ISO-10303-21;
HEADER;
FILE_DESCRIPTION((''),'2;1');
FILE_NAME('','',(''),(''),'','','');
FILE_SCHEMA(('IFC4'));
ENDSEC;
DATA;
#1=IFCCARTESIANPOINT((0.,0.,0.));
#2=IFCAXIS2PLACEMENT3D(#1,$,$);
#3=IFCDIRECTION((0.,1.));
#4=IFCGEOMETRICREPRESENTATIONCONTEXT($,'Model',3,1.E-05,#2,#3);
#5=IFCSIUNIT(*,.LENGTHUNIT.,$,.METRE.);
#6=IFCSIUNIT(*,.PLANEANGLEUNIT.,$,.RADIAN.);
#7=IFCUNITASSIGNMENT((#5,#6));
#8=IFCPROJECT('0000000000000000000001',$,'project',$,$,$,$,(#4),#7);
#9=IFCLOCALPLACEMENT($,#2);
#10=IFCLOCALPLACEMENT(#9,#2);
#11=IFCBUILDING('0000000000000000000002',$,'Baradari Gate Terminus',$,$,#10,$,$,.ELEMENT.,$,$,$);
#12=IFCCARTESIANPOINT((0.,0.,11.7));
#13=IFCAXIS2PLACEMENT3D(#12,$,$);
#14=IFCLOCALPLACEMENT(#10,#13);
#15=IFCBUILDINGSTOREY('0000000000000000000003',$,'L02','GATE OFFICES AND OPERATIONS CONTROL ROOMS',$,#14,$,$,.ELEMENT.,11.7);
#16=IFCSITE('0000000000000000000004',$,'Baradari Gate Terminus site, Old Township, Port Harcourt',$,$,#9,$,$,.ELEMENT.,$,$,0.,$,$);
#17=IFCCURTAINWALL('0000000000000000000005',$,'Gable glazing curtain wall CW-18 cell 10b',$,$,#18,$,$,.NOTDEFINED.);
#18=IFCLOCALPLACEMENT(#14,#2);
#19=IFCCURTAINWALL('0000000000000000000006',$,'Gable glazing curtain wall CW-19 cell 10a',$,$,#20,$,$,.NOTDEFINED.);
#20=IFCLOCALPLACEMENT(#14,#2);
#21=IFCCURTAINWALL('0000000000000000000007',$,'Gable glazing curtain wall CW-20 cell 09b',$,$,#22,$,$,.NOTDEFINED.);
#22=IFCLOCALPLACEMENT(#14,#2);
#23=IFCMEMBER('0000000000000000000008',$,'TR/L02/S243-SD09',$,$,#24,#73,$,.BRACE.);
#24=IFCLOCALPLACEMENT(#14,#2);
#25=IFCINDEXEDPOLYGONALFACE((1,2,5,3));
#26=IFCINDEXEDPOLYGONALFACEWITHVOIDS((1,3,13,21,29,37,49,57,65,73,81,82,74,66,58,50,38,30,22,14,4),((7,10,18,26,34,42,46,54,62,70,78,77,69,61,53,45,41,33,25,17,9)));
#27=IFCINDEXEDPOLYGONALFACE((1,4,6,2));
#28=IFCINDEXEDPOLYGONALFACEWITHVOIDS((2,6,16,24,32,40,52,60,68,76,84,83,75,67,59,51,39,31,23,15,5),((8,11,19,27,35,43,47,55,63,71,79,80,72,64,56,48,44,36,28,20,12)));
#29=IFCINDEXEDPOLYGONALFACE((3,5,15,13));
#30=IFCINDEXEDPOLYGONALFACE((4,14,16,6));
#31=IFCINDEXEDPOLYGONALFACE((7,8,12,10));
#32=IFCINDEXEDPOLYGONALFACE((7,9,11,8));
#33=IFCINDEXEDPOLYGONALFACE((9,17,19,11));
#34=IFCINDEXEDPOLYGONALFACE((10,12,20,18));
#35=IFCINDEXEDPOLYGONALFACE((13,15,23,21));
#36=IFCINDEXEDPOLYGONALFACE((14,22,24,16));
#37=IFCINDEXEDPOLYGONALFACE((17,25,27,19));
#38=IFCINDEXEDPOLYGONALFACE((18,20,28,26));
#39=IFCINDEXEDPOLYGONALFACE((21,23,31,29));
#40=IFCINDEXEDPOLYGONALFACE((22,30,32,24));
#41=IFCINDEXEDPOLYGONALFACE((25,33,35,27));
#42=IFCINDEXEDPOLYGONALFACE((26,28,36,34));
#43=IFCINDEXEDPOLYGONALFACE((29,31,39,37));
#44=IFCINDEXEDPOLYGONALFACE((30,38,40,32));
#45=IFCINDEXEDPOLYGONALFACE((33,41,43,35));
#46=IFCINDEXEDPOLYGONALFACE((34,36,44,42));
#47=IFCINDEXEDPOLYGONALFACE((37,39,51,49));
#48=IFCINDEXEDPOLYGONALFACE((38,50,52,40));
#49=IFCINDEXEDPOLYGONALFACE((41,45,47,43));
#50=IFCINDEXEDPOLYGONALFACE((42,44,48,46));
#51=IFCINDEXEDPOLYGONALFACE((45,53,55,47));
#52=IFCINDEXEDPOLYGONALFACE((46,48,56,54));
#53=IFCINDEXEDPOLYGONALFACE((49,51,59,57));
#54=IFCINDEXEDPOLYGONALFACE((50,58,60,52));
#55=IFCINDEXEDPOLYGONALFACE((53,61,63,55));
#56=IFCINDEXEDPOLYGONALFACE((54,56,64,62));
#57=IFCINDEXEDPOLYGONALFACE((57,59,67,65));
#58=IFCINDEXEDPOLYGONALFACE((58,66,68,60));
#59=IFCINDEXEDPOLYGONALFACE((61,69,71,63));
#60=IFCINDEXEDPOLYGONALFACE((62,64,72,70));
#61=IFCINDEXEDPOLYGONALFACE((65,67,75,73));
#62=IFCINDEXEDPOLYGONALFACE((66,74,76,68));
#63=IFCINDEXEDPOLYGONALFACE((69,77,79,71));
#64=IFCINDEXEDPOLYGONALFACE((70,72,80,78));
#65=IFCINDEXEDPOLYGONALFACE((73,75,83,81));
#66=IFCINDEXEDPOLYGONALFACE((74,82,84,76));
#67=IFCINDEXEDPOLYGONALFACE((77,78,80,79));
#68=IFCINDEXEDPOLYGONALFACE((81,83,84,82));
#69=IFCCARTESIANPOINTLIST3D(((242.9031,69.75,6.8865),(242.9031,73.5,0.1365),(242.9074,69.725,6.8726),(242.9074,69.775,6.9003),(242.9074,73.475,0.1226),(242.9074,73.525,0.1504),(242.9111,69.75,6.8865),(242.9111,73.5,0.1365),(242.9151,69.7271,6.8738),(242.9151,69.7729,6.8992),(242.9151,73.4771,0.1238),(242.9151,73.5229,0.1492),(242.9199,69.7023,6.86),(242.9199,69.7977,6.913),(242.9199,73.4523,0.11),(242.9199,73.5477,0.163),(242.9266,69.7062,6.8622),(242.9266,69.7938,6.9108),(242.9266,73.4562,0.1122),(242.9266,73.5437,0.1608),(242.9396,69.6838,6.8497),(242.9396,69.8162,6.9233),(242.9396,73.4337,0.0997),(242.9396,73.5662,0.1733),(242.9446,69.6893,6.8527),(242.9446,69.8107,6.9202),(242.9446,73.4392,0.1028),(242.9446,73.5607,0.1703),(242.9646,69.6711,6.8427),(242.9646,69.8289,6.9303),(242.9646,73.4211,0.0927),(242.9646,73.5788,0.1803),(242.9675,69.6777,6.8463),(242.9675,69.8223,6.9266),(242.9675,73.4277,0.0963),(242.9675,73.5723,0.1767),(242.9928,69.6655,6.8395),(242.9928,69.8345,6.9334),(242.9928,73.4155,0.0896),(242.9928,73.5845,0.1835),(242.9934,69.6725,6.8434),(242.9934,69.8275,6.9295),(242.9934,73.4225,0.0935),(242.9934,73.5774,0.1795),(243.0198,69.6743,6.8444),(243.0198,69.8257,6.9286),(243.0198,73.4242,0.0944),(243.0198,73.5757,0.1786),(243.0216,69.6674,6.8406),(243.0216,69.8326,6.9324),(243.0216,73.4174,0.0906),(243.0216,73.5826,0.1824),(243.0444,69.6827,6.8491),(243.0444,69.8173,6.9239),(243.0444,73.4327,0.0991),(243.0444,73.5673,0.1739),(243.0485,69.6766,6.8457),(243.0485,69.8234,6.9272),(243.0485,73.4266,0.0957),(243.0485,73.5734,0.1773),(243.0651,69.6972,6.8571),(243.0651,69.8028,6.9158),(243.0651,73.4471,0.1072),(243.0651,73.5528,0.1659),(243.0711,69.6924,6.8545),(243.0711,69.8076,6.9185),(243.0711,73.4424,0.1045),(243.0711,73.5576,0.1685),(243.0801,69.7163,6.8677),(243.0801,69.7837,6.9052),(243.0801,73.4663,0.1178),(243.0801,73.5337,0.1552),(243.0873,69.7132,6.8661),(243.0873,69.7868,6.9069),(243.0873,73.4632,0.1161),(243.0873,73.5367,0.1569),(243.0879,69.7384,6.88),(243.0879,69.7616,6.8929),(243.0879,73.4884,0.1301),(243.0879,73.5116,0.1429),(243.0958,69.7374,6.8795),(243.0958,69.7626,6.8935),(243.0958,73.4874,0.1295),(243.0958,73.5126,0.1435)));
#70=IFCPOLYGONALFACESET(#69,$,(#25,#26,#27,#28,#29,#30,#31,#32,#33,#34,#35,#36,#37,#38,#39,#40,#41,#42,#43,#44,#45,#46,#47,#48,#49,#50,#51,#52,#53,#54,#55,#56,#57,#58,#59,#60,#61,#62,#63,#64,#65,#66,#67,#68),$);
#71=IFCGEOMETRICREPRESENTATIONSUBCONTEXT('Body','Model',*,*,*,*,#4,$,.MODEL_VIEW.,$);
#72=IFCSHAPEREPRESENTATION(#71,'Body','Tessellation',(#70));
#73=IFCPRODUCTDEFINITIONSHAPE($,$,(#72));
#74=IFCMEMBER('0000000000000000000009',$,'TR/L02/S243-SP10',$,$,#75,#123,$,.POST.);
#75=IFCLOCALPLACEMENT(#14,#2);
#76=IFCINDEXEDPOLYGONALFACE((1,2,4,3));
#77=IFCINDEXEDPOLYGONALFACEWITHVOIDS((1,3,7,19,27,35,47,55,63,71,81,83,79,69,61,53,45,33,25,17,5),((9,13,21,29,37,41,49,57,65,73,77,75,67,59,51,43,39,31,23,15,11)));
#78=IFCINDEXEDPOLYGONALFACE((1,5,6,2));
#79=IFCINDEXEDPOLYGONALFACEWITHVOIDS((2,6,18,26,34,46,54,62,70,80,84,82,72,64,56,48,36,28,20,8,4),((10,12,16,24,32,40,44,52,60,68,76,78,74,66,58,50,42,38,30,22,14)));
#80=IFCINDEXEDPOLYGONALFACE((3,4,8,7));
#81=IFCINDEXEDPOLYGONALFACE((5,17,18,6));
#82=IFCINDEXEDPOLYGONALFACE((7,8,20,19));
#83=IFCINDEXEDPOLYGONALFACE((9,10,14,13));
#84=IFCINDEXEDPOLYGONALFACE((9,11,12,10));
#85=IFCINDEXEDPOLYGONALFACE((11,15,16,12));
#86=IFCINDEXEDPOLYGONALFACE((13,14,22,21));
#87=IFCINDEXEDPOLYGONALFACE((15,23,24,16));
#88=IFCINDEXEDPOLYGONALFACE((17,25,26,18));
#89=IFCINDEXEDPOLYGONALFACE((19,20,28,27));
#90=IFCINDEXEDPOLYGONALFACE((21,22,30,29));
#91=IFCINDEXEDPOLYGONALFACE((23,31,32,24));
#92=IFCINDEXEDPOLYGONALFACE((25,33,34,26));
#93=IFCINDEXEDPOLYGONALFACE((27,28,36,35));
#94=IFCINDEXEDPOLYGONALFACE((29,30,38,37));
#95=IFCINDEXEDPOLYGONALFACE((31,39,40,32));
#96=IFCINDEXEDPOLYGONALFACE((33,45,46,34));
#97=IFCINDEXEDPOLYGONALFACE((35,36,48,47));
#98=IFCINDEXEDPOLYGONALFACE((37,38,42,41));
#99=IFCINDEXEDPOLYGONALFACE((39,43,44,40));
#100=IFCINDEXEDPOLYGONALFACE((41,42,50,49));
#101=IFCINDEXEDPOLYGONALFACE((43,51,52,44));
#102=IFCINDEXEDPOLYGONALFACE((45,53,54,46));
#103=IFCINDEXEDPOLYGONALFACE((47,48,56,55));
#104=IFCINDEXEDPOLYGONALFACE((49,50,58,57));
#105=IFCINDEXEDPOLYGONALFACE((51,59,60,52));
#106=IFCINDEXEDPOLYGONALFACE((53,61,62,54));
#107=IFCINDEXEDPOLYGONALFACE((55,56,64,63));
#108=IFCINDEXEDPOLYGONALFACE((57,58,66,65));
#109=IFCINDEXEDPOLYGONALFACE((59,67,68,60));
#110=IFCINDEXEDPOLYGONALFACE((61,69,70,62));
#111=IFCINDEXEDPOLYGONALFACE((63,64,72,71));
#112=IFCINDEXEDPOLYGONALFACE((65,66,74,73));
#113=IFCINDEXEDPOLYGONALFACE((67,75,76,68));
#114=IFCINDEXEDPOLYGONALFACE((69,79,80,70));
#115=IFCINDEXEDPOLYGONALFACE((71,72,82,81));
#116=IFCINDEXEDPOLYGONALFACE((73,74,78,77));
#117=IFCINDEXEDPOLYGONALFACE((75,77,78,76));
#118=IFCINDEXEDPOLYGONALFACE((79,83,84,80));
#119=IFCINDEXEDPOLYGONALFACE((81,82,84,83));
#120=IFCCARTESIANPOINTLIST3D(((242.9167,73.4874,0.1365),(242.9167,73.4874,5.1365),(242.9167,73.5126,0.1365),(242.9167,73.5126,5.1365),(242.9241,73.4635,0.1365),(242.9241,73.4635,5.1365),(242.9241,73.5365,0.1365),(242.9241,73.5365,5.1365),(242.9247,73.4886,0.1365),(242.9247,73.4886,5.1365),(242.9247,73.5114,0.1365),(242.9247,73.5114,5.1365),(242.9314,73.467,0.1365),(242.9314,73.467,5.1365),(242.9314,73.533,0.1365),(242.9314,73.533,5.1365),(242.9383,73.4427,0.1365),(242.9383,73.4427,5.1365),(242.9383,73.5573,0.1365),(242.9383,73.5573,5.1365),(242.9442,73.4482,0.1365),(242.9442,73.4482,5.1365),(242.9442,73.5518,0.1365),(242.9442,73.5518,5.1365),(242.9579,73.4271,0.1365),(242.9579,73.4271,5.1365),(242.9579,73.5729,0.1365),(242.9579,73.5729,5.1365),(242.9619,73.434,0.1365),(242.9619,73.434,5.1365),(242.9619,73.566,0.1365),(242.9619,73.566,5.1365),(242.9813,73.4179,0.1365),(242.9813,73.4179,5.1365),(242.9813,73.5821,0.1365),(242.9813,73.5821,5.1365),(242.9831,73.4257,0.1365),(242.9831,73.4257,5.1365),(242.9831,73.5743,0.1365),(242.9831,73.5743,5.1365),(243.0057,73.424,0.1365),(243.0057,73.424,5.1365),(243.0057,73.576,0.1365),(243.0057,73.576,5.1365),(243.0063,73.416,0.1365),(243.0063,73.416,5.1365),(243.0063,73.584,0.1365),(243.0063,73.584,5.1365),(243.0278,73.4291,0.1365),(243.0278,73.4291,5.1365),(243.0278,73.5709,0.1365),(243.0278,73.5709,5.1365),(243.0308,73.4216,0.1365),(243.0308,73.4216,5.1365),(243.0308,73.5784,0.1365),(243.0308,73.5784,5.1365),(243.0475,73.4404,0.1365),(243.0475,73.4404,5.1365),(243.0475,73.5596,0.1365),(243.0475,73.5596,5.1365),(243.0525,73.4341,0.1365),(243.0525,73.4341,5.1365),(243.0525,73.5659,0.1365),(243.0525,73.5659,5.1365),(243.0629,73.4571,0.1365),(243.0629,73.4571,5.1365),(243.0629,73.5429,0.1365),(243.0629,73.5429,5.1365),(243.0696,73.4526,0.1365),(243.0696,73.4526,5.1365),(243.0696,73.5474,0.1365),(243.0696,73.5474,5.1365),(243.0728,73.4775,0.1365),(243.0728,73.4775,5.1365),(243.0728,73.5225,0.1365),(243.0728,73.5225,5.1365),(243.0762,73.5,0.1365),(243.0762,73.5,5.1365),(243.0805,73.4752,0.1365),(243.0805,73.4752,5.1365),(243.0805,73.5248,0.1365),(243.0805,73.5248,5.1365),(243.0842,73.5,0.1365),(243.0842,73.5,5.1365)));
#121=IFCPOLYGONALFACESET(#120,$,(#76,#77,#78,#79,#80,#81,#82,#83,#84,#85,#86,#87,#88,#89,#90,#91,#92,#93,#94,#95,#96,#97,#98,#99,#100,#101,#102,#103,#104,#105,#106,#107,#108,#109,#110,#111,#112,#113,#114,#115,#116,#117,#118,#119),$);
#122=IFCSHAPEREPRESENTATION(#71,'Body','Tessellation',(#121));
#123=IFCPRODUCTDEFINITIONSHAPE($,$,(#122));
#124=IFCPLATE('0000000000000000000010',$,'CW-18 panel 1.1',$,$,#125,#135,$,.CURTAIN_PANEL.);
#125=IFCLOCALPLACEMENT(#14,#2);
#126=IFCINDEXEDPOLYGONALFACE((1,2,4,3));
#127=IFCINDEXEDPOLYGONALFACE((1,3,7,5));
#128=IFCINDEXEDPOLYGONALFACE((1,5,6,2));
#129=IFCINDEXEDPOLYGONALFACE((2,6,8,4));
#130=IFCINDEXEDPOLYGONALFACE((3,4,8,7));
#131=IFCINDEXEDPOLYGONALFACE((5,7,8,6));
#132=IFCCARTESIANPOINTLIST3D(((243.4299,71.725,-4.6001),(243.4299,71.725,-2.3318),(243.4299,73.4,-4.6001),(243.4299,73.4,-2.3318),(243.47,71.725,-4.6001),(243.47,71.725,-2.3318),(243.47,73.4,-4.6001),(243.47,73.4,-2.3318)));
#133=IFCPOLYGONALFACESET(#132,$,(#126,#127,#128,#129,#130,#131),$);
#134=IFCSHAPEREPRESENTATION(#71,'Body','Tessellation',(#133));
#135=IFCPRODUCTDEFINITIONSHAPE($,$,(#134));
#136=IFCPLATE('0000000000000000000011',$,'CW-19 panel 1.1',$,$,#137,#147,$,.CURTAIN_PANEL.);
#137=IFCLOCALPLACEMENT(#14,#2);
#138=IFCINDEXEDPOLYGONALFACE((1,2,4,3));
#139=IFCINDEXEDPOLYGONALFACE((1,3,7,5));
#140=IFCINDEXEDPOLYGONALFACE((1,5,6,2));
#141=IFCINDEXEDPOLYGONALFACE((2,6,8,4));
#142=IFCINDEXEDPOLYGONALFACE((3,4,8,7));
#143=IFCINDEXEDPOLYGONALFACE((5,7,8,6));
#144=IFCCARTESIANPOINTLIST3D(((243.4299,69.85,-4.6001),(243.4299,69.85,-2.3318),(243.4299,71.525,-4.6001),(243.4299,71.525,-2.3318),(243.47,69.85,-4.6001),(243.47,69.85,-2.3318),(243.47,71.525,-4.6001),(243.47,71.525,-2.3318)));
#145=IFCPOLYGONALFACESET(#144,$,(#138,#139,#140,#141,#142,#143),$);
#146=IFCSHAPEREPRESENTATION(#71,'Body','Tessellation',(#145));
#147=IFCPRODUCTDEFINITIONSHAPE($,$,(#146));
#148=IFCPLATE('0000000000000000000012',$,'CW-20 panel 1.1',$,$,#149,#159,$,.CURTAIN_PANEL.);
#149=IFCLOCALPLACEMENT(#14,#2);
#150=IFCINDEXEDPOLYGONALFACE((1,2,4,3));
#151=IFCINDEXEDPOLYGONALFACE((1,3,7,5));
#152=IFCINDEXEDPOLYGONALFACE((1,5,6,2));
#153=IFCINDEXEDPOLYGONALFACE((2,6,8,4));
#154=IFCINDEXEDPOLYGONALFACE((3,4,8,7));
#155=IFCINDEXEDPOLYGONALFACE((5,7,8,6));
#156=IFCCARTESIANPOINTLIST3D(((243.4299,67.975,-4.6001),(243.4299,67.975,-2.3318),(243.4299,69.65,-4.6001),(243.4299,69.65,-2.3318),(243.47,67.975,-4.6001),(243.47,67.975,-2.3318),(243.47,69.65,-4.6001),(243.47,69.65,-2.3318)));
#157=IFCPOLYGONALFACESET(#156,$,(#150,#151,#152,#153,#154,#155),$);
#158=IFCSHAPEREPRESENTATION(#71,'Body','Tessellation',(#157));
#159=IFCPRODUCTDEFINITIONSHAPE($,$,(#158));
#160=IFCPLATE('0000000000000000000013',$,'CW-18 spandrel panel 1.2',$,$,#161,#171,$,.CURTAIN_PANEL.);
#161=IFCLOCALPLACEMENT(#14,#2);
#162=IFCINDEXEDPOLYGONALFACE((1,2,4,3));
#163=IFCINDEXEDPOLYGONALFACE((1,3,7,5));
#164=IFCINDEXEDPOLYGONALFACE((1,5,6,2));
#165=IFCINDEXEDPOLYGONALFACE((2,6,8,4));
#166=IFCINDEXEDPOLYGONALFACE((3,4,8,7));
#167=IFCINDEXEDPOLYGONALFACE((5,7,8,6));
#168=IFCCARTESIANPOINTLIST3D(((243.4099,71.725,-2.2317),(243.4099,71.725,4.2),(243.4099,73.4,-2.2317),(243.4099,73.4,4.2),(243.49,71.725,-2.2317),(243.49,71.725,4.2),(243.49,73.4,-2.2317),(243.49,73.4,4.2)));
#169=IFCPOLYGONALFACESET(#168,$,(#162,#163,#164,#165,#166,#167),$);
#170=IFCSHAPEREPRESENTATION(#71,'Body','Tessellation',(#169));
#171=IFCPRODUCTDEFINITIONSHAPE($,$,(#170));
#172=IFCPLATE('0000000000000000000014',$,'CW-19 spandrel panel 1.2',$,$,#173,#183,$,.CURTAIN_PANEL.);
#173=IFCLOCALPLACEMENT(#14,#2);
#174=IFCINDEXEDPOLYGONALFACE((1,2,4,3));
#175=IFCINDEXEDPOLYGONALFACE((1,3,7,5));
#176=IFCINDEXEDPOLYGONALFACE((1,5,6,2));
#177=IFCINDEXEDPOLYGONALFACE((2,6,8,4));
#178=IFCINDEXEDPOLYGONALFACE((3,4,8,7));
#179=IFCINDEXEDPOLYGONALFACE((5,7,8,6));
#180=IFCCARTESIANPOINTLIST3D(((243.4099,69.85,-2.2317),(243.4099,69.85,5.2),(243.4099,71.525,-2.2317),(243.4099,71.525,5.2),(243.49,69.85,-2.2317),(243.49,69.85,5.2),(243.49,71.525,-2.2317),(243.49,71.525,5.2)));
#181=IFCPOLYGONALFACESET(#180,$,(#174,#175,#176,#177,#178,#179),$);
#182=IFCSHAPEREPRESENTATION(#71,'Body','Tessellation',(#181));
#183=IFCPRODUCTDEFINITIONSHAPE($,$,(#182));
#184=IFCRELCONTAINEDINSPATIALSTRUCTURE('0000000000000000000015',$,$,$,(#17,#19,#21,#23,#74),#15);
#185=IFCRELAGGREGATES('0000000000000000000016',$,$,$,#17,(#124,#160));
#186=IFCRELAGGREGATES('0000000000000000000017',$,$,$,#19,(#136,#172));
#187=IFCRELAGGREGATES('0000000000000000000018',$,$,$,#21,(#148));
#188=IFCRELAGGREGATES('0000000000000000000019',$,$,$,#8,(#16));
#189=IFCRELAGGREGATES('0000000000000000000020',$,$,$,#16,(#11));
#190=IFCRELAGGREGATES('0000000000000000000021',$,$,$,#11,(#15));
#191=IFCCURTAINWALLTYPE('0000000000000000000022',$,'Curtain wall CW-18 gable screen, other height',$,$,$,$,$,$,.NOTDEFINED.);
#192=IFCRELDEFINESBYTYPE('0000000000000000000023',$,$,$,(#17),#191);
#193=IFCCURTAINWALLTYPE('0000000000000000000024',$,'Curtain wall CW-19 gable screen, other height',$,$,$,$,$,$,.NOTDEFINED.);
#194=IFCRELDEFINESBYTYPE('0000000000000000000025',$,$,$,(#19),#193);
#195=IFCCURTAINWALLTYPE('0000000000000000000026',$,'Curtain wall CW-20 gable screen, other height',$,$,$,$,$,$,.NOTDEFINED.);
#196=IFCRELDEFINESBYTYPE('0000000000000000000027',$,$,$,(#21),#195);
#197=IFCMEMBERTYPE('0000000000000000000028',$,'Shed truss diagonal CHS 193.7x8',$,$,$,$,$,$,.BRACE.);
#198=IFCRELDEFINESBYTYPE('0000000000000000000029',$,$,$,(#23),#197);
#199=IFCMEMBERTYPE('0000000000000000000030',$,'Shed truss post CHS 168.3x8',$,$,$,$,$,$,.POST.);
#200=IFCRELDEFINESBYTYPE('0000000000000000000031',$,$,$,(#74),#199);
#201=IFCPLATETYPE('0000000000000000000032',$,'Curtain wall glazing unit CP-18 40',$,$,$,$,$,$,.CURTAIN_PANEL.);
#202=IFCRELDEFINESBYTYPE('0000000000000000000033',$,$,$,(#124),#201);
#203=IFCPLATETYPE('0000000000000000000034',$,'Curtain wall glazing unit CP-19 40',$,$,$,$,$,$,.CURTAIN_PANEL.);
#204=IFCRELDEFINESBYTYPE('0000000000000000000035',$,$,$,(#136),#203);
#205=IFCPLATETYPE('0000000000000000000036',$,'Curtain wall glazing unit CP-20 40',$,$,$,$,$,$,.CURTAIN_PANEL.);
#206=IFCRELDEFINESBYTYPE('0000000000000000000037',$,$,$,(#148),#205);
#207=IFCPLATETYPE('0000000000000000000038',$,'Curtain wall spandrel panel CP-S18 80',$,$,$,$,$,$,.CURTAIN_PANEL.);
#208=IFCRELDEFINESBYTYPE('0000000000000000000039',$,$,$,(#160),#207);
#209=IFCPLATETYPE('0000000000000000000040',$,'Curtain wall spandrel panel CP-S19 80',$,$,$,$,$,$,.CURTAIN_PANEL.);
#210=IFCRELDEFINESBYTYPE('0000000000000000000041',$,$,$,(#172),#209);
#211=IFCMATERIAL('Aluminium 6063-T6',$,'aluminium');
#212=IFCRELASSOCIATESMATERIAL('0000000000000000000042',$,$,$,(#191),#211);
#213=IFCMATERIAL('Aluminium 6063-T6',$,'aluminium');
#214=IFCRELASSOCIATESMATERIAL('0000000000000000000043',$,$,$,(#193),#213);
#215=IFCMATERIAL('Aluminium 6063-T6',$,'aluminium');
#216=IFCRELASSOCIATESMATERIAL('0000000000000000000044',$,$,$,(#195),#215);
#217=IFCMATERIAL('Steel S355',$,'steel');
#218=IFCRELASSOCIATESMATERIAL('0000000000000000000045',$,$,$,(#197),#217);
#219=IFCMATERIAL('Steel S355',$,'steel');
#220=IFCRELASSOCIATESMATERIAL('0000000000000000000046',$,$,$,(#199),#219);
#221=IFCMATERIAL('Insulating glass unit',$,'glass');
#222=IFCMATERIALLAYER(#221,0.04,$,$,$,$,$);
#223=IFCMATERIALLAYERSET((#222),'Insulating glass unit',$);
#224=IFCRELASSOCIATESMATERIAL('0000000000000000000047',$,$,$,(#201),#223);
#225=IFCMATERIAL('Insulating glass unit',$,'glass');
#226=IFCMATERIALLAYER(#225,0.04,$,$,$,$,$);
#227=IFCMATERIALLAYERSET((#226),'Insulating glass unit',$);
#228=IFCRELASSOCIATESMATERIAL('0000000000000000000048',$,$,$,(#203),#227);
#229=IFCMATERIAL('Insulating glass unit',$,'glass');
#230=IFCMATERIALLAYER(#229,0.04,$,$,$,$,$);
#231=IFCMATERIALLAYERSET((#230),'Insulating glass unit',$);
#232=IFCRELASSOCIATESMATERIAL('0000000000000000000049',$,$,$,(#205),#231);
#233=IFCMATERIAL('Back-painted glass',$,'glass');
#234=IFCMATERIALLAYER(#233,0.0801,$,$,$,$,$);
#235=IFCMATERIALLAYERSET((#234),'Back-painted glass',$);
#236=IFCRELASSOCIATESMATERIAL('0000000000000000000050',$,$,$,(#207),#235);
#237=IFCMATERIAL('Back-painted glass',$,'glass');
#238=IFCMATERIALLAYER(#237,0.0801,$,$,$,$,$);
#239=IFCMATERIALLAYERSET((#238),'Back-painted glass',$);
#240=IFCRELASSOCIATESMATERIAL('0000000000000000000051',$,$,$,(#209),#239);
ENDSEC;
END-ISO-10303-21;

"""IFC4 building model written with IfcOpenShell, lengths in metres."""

from ifc_helpers import new_model, si_unit, direction, frame, origin, origin_2d, place, context, subcontext, project, spatial, rectangle, hollow_circle, extrude, material, layer, layer_set, material_profile, profile_set, type_object, element, aggregate, save


model = new_model("IFC4")

# Units and contexts
model_context = context("Model", 3, precision=1e-05, world=origin(), true_north=direction((0.0, 1.0)))
body_context = subcontext(model_context, "Body", "Model", "MODEL_VIEW")
ifc_project = project(units=[si_unit("LENGTHUNIT", "METRE"), si_unit("PLANEANGLEUNIT", "RADIAN")], contexts=[model_context])

# Site, building, storey
site_placement = place(None, origin())
site = spatial("IfcSite", under=ifc_project, at=site_placement, Name="Baradari Gate Terminus site, Old Township, Port Harcourt", CompositionType="ELEMENT", RefElevation=0.0)
building_placement = place(site_placement, origin())
building = spatial("IfcBuilding", under=site, at=building_placement, Name="Baradari Gate Terminus", CompositionType="ELEMENT")
storey_placement = place(building_placement, frame((0.0, 0.0, 11.7)))
storey = spatial("IfcBuildingStorey", under=building, at=storey_placement, Name="L02", Description="GATE OFFICES AND OPERATIONS CONTROL ROOMS", CompositionType="ELEMENT", Elevation=11.7)

# Curtain walls
ifc_material_1 = material(Name="Aluminium 6063-T6", Category="aluminium")
curtain_wall_type_1 = type_object("IfcCurtainWallType", Name="Curtain wall CW-18 gable screen, other height", PredefinedType="NOTDEFINED", material=ifc_material_1)
curtain_wall_1_placement = place(storey_placement, origin())
curtain_wall_1 = element("IfcCurtainWall", 1, at=curtain_wall_1_placement, inside=storey, type_object=curtain_wall_type_1, Name="Gable glazing curtain wall CW-18 cell 10b", PredefinedType="NOTDEFINED")
ifc_material_2 = material(Name="Aluminium 6063-T6", Category="aluminium")
curtain_wall_type_2 = type_object("IfcCurtainWallType", Name="Curtain wall CW-19 gable screen, other height", PredefinedType="NOTDEFINED", material=ifc_material_2)
curtain_wall_2_placement = place(storey_placement, origin())
curtain_wall_2 = element("IfcCurtainWall", 2, at=curtain_wall_2_placement, inside=storey, type_object=curtain_wall_type_2, Name="Gable glazing curtain wall CW-19 cell 10a", PredefinedType="NOTDEFINED")
ifc_material_3 = material(Name="Aluminium 6063-T6", Category="aluminium")
curtain_wall_type_3 = type_object("IfcCurtainWallType", Name="Curtain wall CW-20 gable screen, other height", PredefinedType="NOTDEFINED", material=ifc_material_3)
curtain_wall_3_placement = place(storey_placement, origin())
curtain_wall_3 = element("IfcCurtainWall", 3, at=curtain_wall_3_placement, inside=storey, type_object=curtain_wall_type_3, Name="Gable glazing curtain wall CW-20 cell 09b", PredefinedType="NOTDEFINED")

# Members
ifc_material_4 = material(Name="Steel S355", Category="steel")
ifc_material_profile_1 = material_profile(ifc_material_4, hollow_circle(Radius=0.0969, WallThickness=0.0081, at=origin_2d()), Name="CHS 193.7x8")
ifc_profile_set_1 = profile_set([ifc_material_profile_1], Name="Steel S355")
member_type_1 = type_object("IfcMemberType", Name="Shed truss diagonal CHS 193.7x8", PredefinedType="BRACE", material=ifc_profile_set_1)
member_1_placement = place(storey_placement, frame((243.0, 69.75, 6.8865), z_axis=(0.0, 0.485643, -0.874157), x_axis=(-1.0, 0.0, 0.0)))
element("IfcMember", 4, at=member_1_placement, inside=storey, type_object=member_type_1, Name="TR/L02/S243-SD09", PredefinedType="BRACE", context=body_context, shape_type="SweptSolid", body=[
    extrude(hollow_circle(Radius=0.0969, WallThickness=0.0081, at=origin_2d()), origin(), (0.0, 0.0, 1.0), 7.7217),
])
ifc_material_5 = material(Name="Steel S355", Category="steel")
ifc_material_profile_2 = material_profile(ifc_material_5, hollow_circle(Radius=0.0842, WallThickness=0.0081, at=origin_2d()), Name="CHS 168.3x8")
ifc_profile_set_2 = profile_set([ifc_material_profile_2], Name="Steel S355")
member_type_2 = type_object("IfcMemberType", Name="Shed truss post CHS 168.3x8", PredefinedType="POST", material=ifc_profile_set_2)
member_2_placement = place(storey_placement, frame((243.0, 73.5, 0.1365), z_axis=(0.0, 0.0, 1.0), x_axis=(1.0, 0.0, 0.0)))
element("IfcMember", 5, at=member_2_placement, inside=storey, type_object=member_type_2, Name="TR/L02/S243-SP10", PredefinedType="POST", context=body_context, shape_type="SweptSolid", body=[
    extrude(hollow_circle(Radius=0.0842, WallThickness=0.0081, at=origin_2d()), origin(), (0.0, 0.0, 1.0), 5.0),
])

# Plates
ifc_material_6 = material(Name="Insulating glass unit", Category="glass")
ifc_layer_1 = layer(ifc_material_6, 0.04)
ifc_layer_set_1 = layer_set([ifc_layer_1], Name="Insulating glass unit")
plate_type_1 = type_object("IfcPlateType", Name="Curtain wall glazing unit CP-18 40", PredefinedType="CURTAIN_PANEL", material=ifc_layer_set_1)
plate_1_placement = place(storey_placement, frame((243.45, 72.5625, -4.6001), z_axis=(0.0, 0.0, 1.0), x_axis=(0.0, 1.0, 0.0)))
plate_1 = element("IfcPlate", 6, at=plate_1_placement, type_object=plate_type_1, Name="CW-18 panel 1.1", PredefinedType="CURTAIN_PANEL", context=body_context, shape_type="SweptSolid", body=[
    extrude(rectangle(XDim=1.675, YDim=0.04, at=origin_2d()), origin(), (0.0, 0.0, 1.0), 2.2683),
])
ifc_material_7 = material(Name="Insulating glass unit", Category="glass")
ifc_layer_2 = layer(ifc_material_7, 0.04)
ifc_layer_set_2 = layer_set([ifc_layer_2], Name="Insulating glass unit")
plate_type_2 = type_object("IfcPlateType", Name="Curtain wall glazing unit CP-19 40", PredefinedType="CURTAIN_PANEL", material=ifc_layer_set_2)
plate_2_placement = place(storey_placement, frame((243.45, 70.6875, -4.6001), z_axis=(0.0, 0.0, 1.0), x_axis=(0.0, 1.0, 0.0)))
plate_2 = element("IfcPlate", 7, at=plate_2_placement, type_object=plate_type_2, Name="CW-19 panel 1.1", PredefinedType="CURTAIN_PANEL", context=body_context, shape_type="SweptSolid", body=[
    extrude(rectangle(XDim=1.675, YDim=0.04, at=origin_2d()), origin(), (0.0, 0.0, 1.0), 2.2683),
])
ifc_material_8 = material(Name="Insulating glass unit", Category="glass")
ifc_layer_3 = layer(ifc_material_8, 0.04)
ifc_layer_set_3 = layer_set([ifc_layer_3], Name="Insulating glass unit")
plate_type_3 = type_object("IfcPlateType", Name="Curtain wall glazing unit CP-20 40", PredefinedType="CURTAIN_PANEL", material=ifc_layer_set_3)
plate_3_placement = place(storey_placement, frame((243.45, 68.8125, -4.6001), z_axis=(0.0, 0.0, 1.0), x_axis=(0.0, 1.0, 0.0)))
plate_3 = element("IfcPlate", 8, at=plate_3_placement, type_object=plate_type_3, Name="CW-20 panel 1.1", PredefinedType="CURTAIN_PANEL", context=body_context, shape_type="SweptSolid", body=[
    extrude(rectangle(XDim=1.675, YDim=0.04, at=origin_2d()), origin(), (0.0, 0.0, 1.0), 2.2683),
])
ifc_material_9 = material(Name="Back-painted glass", Category="glass")
ifc_layer_4 = layer(ifc_material_9, 0.0801)
ifc_layer_set_4 = layer_set([ifc_layer_4], Name="Back-painted glass")
plate_type_4 = type_object("IfcPlateType", Name="Curtain wall spandrel panel CP-S18 80", PredefinedType="CURTAIN_PANEL", material=ifc_layer_set_4)
plate_4_placement = place(storey_placement, frame((243.45, 72.5625, -2.2317), z_axis=(0.0, 0.0, 1.0), x_axis=(0.0, 1.0, 0.0)))
plate_4 = element("IfcPlate", 9, at=plate_4_placement, type_object=plate_type_4, Name="CW-18 spandrel panel 1.2", PredefinedType="CURTAIN_PANEL", context=body_context, shape_type="SweptSolid", body=[
    extrude(rectangle(XDim=1.675, YDim=0.0801, at=origin_2d()), origin(), (0.0, 0.0, 1.0), 6.4316),
])
aggregate(curtain_wall_1, [plate_1, plate_4])
ifc_material_10 = material(Name="Back-painted glass", Category="glass")
ifc_layer_5 = layer(ifc_material_10, 0.0801)
ifc_layer_set_5 = layer_set([ifc_layer_5], Name="Back-painted glass")
plate_type_5 = type_object("IfcPlateType", Name="Curtain wall spandrel panel CP-S19 80", PredefinedType="CURTAIN_PANEL", material=ifc_layer_set_5)
plate_5_placement = place(storey_placement, frame((243.45, 70.6875, -2.2317), z_axis=(0.0, 0.0, 1.0), x_axis=(0.0, 1.0, 0.0)))
plate_5 = element("IfcPlate", 10, at=plate_5_placement, type_object=plate_type_5, Name="CW-19 spandrel panel 1.2", PredefinedType="CURTAIN_PANEL", context=body_context, shape_type="SweptSolid", body=[
    extrude(rectangle(XDim=1.675, YDim=0.0801, at=origin_2d()), origin(), (0.0, 0.0, 1.0), 7.4316),
])
aggregate(curtain_wall_2, [plate_2, plate_5])
aggregate(curtain_wall_3, [plate_3])

save(model, "model.ifc")
